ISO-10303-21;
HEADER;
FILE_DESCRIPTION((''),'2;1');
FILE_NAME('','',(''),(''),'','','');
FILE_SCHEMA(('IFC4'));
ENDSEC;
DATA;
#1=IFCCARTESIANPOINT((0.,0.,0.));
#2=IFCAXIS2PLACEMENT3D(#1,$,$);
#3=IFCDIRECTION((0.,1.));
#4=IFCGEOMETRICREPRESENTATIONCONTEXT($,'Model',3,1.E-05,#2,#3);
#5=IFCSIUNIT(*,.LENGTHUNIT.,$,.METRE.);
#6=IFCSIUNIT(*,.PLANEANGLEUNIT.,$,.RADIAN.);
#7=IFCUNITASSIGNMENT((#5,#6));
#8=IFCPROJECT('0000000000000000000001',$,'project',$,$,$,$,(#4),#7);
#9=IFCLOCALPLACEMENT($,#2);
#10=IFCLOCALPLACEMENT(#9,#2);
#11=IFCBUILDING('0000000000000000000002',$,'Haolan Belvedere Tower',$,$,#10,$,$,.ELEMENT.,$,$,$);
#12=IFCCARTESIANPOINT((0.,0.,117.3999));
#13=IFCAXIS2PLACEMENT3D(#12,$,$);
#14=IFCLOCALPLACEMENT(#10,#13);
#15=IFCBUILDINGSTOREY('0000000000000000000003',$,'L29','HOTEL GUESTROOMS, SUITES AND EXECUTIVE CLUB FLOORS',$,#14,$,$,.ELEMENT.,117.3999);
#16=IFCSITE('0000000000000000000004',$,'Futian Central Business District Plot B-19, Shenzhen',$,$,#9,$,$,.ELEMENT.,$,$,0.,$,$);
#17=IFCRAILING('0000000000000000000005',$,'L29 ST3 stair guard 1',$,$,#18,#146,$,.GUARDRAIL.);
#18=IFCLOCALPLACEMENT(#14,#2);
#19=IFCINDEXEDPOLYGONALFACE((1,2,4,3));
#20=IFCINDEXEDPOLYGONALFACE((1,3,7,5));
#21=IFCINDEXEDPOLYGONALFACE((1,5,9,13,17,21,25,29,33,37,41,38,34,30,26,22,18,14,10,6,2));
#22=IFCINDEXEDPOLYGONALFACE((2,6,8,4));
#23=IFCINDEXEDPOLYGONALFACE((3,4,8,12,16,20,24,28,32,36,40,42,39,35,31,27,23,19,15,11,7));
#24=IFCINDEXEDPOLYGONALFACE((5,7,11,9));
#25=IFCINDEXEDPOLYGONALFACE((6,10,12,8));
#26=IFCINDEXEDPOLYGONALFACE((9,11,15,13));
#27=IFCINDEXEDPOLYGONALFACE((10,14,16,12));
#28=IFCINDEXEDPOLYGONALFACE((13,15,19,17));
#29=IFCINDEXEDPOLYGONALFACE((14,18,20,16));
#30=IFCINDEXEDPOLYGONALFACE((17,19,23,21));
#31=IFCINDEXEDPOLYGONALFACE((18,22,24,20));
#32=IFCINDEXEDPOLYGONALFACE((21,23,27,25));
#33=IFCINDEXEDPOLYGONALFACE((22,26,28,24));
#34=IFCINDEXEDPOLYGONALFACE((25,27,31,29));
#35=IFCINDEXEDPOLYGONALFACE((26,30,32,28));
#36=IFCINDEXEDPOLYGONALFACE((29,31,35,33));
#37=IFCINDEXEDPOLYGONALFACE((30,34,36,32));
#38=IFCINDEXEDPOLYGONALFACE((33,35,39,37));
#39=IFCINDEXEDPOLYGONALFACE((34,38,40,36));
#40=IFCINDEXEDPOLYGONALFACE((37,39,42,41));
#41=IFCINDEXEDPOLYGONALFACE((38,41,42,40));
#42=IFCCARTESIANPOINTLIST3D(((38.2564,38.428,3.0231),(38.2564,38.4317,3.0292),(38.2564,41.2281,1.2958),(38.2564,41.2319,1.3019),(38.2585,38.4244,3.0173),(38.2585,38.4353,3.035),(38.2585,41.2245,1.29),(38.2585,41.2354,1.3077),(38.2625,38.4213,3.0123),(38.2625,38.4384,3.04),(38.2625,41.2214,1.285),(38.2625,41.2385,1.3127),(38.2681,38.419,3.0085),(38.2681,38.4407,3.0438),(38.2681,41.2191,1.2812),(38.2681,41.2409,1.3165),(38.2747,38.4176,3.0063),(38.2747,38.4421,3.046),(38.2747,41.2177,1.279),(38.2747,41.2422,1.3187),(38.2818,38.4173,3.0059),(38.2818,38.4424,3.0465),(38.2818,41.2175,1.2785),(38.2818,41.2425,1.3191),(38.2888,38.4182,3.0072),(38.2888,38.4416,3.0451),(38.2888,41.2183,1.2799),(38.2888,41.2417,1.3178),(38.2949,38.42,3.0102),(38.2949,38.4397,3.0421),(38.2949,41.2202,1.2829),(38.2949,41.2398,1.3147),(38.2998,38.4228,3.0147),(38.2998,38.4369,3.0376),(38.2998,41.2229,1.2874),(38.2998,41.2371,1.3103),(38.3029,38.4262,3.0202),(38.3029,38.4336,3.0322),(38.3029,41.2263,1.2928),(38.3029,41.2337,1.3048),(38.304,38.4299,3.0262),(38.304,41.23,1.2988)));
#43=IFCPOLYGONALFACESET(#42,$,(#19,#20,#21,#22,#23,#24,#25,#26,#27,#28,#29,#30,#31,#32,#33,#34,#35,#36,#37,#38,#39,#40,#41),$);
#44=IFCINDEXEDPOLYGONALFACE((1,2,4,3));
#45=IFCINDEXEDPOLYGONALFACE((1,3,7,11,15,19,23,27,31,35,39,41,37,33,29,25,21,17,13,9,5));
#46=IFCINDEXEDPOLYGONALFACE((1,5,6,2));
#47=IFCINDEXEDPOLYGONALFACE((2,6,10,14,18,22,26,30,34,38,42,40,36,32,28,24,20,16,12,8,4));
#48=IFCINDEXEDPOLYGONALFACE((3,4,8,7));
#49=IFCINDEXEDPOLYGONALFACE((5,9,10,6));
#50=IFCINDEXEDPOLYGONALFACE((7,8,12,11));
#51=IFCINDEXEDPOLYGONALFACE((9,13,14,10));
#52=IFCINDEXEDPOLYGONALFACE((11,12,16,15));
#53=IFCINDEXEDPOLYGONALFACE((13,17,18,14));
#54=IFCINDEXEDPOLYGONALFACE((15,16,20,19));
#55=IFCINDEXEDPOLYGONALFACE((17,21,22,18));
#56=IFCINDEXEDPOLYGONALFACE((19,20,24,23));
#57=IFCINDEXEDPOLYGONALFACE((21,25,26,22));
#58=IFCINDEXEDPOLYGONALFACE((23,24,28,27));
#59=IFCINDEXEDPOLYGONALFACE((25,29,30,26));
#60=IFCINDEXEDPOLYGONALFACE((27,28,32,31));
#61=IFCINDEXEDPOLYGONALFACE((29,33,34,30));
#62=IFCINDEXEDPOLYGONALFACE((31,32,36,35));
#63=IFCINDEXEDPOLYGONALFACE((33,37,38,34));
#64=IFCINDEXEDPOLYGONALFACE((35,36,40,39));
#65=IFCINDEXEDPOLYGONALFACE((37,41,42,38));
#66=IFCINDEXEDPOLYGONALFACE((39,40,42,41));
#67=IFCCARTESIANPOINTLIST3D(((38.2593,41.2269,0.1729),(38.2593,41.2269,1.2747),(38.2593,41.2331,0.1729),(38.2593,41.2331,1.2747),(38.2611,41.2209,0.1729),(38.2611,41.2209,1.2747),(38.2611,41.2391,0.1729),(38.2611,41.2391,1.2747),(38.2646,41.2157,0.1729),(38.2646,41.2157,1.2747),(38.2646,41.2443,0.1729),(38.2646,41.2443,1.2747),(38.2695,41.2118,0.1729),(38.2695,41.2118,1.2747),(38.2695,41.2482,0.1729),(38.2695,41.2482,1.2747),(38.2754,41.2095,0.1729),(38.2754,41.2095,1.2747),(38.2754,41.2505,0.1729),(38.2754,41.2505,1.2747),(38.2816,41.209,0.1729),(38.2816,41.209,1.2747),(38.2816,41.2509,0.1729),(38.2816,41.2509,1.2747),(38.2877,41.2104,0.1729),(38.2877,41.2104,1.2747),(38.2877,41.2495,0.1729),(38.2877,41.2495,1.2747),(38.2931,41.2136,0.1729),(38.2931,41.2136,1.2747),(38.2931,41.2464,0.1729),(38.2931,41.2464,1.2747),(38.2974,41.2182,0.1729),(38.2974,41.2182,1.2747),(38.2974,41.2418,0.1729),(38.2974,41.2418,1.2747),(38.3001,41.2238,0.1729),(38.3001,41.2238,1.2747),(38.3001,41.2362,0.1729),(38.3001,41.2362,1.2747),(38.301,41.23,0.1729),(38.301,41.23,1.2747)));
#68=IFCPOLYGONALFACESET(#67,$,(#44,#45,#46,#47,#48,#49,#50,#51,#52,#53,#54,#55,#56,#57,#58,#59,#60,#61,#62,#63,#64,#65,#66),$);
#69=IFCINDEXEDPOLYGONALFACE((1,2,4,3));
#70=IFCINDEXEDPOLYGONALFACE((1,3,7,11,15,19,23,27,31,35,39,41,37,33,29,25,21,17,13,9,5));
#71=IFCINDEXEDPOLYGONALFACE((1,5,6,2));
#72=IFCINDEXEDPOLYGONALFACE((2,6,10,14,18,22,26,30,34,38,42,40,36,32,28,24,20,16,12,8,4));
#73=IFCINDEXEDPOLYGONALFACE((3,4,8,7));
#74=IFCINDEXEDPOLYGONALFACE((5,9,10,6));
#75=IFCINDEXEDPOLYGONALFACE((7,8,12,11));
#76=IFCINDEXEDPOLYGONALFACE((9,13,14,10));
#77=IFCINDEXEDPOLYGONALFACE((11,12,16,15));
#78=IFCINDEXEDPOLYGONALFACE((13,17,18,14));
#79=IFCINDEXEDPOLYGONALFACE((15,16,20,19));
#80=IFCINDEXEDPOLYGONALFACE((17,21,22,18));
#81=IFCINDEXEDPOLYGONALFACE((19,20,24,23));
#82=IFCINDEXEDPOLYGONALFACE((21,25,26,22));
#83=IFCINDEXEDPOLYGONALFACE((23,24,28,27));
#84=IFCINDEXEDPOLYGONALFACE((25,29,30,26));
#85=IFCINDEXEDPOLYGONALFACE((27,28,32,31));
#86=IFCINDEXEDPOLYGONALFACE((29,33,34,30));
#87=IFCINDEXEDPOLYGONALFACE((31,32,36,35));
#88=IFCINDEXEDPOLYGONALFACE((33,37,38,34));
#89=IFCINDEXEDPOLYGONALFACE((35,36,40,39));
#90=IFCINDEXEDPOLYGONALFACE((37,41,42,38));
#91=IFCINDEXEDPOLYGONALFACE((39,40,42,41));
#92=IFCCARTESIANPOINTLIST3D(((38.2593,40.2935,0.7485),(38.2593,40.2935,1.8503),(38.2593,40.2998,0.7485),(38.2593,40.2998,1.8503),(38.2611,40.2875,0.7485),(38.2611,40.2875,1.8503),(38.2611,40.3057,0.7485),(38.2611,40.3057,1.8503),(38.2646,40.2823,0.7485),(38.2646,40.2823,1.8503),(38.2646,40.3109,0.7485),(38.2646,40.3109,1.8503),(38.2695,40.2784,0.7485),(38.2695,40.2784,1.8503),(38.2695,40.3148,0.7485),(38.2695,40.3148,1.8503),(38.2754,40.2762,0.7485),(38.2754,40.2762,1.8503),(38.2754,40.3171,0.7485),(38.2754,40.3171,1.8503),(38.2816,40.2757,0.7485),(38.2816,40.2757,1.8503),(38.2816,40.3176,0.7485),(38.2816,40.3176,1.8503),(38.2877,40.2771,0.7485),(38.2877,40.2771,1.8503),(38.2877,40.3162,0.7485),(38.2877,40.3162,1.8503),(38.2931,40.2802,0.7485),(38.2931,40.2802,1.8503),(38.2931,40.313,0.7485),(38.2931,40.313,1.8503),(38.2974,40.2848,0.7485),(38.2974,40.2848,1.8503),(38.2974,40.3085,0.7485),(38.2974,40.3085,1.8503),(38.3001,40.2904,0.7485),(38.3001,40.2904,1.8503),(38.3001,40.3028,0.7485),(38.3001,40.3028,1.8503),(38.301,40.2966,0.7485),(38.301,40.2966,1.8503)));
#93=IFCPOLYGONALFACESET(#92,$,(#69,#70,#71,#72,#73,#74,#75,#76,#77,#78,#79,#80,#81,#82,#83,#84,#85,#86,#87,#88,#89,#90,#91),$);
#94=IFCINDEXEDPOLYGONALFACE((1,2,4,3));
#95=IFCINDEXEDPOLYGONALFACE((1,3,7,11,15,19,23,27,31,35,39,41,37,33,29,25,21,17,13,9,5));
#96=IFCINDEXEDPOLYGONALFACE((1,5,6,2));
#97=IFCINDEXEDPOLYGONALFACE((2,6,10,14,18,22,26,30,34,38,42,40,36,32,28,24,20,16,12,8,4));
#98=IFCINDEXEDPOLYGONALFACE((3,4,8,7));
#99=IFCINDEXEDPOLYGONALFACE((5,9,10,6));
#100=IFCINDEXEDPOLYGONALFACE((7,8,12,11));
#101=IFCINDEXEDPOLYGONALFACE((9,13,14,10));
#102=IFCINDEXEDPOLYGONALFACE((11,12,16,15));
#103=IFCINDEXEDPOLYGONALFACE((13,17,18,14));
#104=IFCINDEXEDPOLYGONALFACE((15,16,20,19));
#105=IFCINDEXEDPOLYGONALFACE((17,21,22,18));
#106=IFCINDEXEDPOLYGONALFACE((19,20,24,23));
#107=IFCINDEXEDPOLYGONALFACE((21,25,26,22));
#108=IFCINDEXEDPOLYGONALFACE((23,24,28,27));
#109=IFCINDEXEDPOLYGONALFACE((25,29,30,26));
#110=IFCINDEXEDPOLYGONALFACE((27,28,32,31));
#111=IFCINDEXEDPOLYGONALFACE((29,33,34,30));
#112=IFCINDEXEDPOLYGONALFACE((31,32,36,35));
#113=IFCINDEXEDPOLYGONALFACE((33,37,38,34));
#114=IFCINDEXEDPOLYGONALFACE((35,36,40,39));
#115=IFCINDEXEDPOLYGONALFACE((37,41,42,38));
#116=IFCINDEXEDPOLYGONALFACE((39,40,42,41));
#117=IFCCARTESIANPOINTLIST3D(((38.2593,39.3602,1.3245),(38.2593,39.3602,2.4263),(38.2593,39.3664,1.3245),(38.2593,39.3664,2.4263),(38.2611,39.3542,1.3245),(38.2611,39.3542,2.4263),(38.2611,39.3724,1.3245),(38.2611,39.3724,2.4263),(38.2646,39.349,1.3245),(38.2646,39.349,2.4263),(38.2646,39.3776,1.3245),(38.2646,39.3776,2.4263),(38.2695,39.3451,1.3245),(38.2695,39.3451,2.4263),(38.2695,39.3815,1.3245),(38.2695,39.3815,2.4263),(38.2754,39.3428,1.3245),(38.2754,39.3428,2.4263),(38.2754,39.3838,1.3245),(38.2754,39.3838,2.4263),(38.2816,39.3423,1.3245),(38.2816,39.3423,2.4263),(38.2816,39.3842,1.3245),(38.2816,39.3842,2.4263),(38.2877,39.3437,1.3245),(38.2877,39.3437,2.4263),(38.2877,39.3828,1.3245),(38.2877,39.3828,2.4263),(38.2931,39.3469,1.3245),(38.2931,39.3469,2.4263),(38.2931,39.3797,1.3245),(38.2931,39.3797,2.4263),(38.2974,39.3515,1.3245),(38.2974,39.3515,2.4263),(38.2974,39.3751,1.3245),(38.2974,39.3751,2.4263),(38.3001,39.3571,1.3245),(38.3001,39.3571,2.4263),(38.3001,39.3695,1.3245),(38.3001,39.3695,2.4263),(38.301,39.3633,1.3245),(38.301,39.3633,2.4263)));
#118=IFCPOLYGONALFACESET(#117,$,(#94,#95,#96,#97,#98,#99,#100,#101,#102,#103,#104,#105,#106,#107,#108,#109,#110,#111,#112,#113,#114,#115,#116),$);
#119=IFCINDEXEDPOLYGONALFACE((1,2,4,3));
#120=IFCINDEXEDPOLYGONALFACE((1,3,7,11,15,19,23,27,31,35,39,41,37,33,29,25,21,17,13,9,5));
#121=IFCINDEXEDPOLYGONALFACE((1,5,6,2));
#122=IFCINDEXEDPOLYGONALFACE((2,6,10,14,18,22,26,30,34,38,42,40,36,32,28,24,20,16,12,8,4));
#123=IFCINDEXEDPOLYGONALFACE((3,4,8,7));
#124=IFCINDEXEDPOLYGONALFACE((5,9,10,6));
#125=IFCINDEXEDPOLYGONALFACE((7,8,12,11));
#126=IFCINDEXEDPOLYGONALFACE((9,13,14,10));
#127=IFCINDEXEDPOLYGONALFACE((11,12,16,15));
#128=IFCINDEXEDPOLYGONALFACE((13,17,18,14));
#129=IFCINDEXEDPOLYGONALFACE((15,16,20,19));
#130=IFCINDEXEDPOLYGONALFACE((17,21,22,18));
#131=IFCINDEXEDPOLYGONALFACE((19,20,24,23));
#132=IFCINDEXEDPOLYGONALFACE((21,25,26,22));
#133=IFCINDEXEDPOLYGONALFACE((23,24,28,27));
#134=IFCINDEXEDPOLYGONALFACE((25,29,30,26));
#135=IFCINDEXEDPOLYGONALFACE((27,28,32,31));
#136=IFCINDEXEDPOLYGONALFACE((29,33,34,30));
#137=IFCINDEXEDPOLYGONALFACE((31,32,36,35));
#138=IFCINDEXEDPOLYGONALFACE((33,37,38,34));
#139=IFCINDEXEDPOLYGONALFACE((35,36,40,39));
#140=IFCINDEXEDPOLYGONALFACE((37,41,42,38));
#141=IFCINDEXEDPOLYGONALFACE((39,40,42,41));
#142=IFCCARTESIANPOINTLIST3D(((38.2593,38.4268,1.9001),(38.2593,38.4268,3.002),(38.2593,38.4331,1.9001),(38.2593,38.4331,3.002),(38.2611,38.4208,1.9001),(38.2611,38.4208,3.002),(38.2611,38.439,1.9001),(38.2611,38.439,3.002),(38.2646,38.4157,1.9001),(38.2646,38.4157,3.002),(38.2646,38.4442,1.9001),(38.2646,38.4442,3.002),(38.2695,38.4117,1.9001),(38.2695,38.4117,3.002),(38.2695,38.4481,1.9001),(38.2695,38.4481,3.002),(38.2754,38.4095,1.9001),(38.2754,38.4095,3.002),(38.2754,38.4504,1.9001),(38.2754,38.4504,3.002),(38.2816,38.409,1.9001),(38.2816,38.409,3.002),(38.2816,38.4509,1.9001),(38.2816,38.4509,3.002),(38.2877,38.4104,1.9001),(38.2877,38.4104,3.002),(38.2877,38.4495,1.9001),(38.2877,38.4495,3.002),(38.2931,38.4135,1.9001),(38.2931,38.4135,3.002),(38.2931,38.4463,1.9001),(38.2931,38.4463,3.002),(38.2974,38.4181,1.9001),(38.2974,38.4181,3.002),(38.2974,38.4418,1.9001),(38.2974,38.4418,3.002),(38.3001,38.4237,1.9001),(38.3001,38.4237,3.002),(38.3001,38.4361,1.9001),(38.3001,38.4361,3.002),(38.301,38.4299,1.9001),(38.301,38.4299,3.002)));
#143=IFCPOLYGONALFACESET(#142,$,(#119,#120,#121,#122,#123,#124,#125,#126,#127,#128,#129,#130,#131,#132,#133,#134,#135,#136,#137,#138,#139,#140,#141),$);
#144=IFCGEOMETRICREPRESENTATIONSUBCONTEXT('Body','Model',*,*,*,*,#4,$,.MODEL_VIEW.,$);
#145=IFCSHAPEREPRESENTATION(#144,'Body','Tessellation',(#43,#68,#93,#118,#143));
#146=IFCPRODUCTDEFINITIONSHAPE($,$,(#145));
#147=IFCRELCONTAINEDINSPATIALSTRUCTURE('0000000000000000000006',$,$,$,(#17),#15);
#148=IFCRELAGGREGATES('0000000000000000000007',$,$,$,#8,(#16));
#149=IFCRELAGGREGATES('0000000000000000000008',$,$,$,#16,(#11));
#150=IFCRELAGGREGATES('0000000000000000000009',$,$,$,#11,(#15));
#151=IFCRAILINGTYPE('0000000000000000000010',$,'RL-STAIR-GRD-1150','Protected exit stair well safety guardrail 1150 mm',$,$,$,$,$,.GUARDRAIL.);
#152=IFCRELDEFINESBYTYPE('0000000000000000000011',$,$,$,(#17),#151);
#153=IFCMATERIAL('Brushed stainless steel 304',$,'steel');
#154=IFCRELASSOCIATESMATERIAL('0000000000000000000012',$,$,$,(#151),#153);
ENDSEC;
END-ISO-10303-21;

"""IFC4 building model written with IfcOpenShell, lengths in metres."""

from ifc_helpers import new_model, si_unit, direction, frame, origin, origin_2d, place, context, subcontext, project, spatial, circle, extrude, material, type_object, element, save


model = new_model("IFC4")

# Units and contexts
model_context = context("Model", 3, precision=1e-05, world=origin(), true_north=direction((0.0, 1.0)))
body_context = subcontext(model_context, "Body", "Model", "MODEL_VIEW")
ifc_project = project(units=[si_unit("LENGTHUNIT", "METRE"), si_unit("PLANEANGLEUNIT", "RADIAN")], contexts=[model_context])

# Site, building, storey
site_placement = place(None, origin())
site = spatial("IfcSite", under=ifc_project, at=site_placement, Name="Futian Central Business District Plot B-19, Shenzhen", CompositionType="ELEMENT", RefElevation=0.0)
building_placement = place(site_placement, origin())
building = spatial("IfcBuilding", under=site, at=building_placement, Name="Haolan Belvedere Tower", CompositionType="ELEMENT")
storey_placement = place(building_placement, frame((0.0, 0.0, 117.3999)))
storey = spatial("IfcBuildingStorey", under=building, at=storey_placement, Name="L29", Description="HOTEL GUESTROOMS, SUITES AND EXECUTIVE CLUB FLOORS", CompositionType="ELEMENT", Elevation=117.3999)

# Railing
ifc_material_1 = material(Name="Brushed stainless steel 304", Category="steel")
railing_type_1 = type_object("IfcRailingType", Name="RL-STAIR-GRD-1150", Description="Protected exit stair well safety guardrail 1150 mm", PredefinedType="GUARDRAIL", material=ifc_material_1)
railing_1_placement = place(storey_placement, frame((38.28, 41.23, 0.1729)))
element("IfcRailing", 1, at=railing_1_placement, inside=storey, type_object=railing_type_1, Name="L29 ST3 stair guard 1", PredefinedType="GUARDRAIL", context=body_context, shape_type="SweptSolid", body=[
    extrude(circle(Radius=0.0239, at=origin_2d()), frame((0.0, 0.0, 1.126), z_axis=(0.0, -0.85109, 0.52502), x_axis=(1.0, 0.0, 0.0)), (0.0, 0.0, 1.0), 3.29),
    extrude(circle(Radius=0.021, at=origin_2d()), origin(), (0.0, 0.0, 1.0), 1.1018),
    extrude(circle(Radius=0.021, at=origin_2d()), frame((0.0, -0.9333, 0.5757)), (0.0, 0.0, 1.0), 1.1018),
    extrude(circle(Radius=0.021, at=origin_2d()), frame((0.0, -1.8667, 1.1516)), (0.0, 0.0, 1.0), 1.1018),
    extrude(circle(Radius=0.021, at=origin_2d()), frame((0.0, -2.8, 1.7273)), (0.0, 0.0, 1.0), 1.1018),
])

save(model, "model.ifc")
